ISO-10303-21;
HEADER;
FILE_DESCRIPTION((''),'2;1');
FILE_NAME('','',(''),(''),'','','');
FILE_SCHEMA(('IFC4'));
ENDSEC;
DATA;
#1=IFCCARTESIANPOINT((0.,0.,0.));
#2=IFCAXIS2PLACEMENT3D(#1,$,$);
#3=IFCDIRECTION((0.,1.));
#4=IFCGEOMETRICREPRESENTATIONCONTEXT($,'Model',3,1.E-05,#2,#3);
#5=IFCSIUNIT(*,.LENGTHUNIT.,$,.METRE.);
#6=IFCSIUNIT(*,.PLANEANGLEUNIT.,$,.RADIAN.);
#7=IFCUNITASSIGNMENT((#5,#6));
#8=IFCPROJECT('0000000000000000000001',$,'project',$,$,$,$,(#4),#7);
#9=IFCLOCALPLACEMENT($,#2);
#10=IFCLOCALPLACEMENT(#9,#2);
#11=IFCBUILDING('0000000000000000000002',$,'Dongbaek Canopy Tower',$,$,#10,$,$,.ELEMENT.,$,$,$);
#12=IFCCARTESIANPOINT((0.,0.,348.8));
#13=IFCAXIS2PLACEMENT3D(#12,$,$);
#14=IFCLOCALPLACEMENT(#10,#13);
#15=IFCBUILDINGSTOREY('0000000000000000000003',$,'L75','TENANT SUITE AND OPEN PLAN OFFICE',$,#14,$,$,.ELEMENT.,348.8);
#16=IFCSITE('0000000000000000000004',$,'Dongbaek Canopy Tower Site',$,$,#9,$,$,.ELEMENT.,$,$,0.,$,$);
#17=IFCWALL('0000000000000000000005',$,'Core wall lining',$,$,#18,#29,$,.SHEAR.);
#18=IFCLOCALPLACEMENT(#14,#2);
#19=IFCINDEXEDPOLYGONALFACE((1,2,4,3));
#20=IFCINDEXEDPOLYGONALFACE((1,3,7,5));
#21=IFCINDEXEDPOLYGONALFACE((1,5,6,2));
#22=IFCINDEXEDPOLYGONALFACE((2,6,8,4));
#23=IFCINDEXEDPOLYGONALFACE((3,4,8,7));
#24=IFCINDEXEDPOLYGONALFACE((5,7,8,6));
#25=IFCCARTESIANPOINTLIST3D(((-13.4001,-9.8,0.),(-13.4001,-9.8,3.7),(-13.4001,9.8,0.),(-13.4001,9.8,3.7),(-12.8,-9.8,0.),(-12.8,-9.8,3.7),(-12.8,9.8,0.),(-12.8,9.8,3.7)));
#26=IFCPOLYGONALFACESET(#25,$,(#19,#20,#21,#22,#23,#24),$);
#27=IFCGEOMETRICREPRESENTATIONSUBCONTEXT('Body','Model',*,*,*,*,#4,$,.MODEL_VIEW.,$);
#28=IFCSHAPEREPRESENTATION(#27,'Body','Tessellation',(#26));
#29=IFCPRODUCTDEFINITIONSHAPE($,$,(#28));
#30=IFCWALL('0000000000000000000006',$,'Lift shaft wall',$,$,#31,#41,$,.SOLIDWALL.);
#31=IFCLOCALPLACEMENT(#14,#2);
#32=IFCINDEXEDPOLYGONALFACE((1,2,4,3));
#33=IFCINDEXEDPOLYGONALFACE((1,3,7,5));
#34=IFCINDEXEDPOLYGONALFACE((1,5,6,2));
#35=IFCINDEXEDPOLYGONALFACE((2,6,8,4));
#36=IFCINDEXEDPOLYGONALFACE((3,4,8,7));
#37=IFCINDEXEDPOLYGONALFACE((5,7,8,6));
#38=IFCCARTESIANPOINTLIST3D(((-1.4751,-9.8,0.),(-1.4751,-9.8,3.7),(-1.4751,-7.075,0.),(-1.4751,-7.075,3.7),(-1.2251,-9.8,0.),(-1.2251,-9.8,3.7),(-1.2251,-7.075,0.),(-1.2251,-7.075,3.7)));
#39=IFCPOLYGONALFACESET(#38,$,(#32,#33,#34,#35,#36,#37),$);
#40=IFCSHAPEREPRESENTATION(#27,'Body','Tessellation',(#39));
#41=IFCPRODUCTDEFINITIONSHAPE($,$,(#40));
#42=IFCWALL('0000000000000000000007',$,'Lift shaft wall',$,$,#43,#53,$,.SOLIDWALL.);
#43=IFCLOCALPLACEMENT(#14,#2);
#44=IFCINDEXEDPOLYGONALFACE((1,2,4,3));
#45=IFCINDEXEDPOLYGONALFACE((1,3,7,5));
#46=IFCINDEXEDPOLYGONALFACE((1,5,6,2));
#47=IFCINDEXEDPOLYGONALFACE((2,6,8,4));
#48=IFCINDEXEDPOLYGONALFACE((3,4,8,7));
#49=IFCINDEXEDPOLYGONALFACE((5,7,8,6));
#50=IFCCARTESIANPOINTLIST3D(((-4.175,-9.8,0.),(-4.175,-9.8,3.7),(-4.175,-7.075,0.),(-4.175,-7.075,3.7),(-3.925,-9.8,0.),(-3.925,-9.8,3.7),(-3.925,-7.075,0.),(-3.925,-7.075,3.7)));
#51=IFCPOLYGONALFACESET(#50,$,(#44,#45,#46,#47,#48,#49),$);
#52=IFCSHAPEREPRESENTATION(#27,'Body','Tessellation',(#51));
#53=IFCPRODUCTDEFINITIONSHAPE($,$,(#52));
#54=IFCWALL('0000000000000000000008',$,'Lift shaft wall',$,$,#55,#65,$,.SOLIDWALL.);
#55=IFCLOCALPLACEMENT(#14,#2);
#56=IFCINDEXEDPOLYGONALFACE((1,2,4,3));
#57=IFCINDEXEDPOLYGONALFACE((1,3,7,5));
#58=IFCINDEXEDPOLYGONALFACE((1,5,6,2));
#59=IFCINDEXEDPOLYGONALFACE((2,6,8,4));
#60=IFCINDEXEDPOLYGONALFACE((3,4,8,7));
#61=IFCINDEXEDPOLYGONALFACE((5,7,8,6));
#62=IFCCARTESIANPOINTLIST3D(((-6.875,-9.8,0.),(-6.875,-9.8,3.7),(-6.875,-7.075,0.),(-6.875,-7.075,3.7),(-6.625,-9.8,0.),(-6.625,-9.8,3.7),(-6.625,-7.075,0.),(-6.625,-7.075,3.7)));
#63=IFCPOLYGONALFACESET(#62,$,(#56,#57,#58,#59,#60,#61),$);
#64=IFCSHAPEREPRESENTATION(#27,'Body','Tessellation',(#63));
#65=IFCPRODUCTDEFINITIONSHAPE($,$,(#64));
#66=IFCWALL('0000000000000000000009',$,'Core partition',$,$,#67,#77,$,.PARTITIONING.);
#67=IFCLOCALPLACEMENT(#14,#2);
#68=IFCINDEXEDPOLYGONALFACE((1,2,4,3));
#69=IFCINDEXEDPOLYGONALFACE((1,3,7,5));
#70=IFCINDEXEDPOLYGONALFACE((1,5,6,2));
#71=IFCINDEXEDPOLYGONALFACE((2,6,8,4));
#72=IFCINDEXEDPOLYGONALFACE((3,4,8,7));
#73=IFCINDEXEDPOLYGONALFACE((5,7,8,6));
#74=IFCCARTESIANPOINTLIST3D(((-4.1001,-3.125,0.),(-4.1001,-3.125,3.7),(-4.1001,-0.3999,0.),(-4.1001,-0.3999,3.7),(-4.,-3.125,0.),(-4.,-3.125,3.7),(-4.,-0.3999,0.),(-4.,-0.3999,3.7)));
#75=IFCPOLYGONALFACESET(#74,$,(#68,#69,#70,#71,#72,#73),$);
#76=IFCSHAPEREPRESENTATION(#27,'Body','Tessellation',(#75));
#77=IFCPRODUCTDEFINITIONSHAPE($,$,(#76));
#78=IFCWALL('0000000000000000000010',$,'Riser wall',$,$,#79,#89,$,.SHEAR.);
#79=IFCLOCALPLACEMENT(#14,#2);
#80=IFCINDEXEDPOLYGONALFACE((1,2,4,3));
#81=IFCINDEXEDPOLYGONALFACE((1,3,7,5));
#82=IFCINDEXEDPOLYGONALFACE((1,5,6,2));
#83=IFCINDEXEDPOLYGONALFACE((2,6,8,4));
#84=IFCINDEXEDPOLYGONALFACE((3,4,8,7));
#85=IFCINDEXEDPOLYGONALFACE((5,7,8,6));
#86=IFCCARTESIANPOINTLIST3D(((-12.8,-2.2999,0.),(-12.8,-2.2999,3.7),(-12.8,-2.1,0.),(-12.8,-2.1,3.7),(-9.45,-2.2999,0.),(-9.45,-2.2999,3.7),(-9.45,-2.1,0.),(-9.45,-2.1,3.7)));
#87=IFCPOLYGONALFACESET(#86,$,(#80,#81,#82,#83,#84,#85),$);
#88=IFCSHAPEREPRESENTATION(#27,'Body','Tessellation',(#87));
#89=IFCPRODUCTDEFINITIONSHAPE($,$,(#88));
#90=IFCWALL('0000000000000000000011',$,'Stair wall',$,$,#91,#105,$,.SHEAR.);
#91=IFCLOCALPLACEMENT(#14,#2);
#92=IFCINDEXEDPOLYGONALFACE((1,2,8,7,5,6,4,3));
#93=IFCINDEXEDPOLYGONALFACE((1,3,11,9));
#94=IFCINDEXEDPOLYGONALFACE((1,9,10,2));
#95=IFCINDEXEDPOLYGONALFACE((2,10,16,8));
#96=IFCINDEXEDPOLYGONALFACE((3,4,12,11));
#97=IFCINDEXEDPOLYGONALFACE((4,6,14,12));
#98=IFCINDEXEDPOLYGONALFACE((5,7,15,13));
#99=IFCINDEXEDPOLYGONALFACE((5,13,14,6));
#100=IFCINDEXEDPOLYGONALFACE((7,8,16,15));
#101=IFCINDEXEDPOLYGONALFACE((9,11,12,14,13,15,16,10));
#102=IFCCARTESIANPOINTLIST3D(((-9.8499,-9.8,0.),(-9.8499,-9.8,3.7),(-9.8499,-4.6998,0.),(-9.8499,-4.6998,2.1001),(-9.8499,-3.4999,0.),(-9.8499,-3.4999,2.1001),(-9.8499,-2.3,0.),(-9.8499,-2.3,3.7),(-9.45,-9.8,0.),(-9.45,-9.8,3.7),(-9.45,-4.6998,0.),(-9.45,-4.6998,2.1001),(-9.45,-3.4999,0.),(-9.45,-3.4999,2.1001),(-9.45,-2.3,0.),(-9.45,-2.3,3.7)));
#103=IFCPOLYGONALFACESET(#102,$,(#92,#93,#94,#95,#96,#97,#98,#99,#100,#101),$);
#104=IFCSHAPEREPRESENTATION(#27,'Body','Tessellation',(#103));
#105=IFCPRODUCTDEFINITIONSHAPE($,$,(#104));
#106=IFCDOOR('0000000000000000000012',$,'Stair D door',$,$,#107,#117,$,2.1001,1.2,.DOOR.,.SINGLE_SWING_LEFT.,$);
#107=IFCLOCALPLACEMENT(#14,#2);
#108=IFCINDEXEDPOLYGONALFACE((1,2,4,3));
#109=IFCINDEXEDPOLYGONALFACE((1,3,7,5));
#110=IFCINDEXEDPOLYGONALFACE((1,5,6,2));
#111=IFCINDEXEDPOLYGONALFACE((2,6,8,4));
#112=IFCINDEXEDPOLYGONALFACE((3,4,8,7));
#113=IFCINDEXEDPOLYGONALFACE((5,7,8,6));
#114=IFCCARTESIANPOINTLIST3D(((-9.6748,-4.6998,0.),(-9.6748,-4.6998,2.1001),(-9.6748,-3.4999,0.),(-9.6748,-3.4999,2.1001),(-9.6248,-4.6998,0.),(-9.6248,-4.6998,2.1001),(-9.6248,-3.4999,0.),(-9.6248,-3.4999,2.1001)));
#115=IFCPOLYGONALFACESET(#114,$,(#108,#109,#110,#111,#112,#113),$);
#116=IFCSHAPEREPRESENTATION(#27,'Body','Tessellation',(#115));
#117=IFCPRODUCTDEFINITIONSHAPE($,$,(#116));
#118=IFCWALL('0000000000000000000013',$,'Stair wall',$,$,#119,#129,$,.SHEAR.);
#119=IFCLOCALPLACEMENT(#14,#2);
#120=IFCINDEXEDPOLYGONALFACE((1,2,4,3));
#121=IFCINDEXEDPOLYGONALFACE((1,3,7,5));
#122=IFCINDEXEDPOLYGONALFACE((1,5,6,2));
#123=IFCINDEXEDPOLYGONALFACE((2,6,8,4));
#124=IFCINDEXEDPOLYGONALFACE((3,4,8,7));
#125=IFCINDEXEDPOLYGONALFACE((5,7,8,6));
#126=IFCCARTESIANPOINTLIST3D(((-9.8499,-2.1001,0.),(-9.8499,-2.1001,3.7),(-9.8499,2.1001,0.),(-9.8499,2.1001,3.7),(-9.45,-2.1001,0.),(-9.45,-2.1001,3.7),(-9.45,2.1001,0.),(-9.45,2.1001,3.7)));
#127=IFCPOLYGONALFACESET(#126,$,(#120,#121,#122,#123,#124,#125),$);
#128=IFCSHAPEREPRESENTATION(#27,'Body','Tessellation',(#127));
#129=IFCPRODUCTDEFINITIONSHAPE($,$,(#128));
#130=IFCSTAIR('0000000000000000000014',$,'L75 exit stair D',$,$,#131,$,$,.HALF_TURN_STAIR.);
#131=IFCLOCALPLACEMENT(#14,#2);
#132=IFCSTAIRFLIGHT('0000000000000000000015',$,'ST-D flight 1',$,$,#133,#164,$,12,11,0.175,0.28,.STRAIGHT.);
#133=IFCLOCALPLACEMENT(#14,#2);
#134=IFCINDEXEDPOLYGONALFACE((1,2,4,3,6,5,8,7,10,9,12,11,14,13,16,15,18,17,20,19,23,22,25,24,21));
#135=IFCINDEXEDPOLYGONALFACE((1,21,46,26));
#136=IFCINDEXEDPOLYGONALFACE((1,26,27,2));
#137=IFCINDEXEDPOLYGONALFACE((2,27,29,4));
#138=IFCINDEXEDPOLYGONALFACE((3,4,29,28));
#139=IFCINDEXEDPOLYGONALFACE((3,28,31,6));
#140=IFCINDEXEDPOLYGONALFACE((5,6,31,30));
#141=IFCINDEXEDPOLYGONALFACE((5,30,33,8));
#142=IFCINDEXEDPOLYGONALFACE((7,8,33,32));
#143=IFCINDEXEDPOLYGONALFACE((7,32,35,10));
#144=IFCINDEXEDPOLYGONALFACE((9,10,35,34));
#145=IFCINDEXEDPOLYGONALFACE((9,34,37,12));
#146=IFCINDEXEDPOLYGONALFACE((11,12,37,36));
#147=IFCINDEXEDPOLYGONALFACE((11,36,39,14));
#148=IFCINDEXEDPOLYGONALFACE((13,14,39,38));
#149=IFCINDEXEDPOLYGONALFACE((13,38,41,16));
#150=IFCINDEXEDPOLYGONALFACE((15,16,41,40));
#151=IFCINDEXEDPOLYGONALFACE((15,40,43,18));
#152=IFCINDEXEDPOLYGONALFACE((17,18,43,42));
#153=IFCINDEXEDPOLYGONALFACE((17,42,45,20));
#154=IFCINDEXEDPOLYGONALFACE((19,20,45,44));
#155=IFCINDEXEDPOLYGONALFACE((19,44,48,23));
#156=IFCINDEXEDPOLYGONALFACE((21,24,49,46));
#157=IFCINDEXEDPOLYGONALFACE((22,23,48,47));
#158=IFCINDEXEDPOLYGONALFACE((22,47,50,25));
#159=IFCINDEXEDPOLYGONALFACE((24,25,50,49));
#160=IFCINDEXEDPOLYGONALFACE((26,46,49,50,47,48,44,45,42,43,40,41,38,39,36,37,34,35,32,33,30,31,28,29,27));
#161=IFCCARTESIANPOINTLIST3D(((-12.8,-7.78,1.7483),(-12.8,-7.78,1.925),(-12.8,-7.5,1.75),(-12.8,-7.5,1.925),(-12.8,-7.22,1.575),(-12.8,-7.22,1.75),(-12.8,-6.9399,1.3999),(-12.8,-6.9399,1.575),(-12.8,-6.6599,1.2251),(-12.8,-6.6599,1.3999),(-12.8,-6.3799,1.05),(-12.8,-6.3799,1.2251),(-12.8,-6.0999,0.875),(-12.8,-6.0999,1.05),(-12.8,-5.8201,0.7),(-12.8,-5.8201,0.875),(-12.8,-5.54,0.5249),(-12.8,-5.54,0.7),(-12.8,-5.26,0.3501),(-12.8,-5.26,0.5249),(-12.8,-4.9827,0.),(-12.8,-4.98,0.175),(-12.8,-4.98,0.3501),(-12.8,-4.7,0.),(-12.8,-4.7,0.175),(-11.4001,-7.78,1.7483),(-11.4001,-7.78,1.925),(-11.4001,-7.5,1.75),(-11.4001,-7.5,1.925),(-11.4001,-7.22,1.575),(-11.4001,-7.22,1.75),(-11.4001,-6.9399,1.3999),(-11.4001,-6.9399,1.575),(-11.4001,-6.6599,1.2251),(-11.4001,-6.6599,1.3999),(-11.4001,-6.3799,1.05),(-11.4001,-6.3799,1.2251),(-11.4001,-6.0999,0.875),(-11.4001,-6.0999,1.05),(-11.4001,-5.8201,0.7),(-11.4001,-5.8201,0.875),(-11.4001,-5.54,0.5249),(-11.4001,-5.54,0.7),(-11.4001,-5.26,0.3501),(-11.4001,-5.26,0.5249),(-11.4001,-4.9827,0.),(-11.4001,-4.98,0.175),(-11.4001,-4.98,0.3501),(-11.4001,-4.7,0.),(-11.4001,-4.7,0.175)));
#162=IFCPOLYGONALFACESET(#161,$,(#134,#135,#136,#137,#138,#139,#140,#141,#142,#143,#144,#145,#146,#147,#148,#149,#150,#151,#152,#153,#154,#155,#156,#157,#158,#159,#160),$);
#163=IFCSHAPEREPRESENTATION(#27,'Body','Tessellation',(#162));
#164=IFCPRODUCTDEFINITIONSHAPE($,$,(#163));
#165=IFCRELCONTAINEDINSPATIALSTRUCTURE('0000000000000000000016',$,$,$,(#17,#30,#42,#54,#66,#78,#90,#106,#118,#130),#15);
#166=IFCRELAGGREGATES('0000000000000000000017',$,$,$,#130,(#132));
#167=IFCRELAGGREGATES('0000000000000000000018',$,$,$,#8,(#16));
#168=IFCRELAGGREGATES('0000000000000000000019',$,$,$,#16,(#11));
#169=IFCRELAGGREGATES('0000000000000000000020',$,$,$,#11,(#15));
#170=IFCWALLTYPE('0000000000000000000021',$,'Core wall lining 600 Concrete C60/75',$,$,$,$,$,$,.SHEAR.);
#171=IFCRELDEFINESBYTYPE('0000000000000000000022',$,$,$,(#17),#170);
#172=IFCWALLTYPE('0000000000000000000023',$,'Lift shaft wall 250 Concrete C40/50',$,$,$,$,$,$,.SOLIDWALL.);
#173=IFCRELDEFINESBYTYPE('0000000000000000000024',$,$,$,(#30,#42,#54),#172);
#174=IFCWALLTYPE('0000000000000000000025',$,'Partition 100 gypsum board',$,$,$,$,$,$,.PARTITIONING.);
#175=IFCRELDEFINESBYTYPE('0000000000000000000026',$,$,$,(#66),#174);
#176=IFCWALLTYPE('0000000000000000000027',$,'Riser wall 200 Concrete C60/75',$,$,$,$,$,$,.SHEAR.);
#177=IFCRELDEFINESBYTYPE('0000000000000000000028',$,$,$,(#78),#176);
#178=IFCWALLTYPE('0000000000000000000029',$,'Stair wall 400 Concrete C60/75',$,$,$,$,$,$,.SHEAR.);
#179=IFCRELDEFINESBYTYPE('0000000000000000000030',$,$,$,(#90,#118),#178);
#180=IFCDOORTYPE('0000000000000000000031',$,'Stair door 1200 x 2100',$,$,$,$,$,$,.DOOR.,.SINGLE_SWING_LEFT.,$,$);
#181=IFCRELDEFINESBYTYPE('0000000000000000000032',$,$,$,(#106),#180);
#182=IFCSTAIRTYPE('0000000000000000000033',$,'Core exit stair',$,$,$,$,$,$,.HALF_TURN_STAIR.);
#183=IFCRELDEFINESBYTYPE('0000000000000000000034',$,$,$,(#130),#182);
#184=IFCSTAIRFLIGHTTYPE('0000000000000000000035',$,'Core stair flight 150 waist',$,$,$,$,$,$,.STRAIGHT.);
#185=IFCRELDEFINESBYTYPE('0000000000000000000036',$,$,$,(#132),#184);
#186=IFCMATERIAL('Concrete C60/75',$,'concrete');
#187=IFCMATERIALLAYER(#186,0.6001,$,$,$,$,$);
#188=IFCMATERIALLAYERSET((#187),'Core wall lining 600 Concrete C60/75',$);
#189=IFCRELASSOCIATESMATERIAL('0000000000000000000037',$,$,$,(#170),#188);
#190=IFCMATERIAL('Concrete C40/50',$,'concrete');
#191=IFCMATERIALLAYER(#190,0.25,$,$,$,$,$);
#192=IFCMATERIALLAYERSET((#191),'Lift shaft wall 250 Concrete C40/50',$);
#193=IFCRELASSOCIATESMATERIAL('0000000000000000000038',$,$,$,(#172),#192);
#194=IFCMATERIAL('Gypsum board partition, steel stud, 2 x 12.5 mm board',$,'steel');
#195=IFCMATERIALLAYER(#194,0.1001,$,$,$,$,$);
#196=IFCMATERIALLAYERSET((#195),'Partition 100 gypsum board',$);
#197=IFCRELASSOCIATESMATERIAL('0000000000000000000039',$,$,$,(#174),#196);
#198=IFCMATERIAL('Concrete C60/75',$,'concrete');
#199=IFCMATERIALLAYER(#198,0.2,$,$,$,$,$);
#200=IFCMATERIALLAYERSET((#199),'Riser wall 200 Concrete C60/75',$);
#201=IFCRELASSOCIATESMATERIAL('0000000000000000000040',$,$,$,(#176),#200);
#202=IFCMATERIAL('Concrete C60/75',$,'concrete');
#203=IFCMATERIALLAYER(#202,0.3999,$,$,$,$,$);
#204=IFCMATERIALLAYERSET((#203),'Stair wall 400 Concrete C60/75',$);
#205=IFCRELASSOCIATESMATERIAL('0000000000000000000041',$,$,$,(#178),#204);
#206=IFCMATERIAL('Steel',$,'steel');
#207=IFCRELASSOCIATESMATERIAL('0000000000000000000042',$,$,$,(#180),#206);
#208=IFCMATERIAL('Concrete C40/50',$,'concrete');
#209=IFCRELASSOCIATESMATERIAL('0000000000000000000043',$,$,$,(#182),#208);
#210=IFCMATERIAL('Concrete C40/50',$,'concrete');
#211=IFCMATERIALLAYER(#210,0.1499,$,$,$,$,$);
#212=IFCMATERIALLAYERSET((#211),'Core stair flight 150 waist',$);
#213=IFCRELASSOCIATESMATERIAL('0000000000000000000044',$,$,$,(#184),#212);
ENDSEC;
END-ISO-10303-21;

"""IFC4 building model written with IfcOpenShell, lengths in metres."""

from ifc_helpers import new_model, si_unit, direction, frame, frame_2d, origin, place, context, subcontext, project, spatial, polyline, rectangle, outline, extrude, material, layer, layer_set, type_object, element, fill, aggregate, save


model = new_model("IFC4")

# Units and contexts
model_context = context("Model", 3, precision=1e-05, world=origin(), true_north=direction((0.0, 1.0)))
body_context = subcontext(model_context, "Body", "Model", "MODEL_VIEW")
ifc_project = project(units=[si_unit("LENGTHUNIT", "METRE"), si_unit("PLANEANGLEUNIT", "RADIAN")], contexts=[model_context])

# Site, building, storey
site_placement = place(None, origin())
site = spatial("IfcSite", under=ifc_project, at=site_placement, Name="Dongbaek Canopy Tower Site", CompositionType="ELEMENT", RefElevation=0.0)
building_placement = place(site_placement, origin())
building = spatial("IfcBuilding", under=site, at=building_placement, Name="Dongbaek Canopy Tower", CompositionType="ELEMENT")
storey_placement = place(building_placement, frame((0.0, 0.0, 348.8)))
storey = spatial("IfcBuildingStorey", under=building, at=storey_placement, Name="L75", Description="TENANT SUITE AND OPEN PLAN OFFICE", CompositionType="ELEMENT", Elevation=348.8)

# Walls
ifc_material_1 = material(Name="Concrete C60/75", Category="concrete")
ifc_layer_1 = layer(ifc_material_1, 0.6001)
ifc_layer_set_1 = layer_set([ifc_layer_1], Name="Core wall lining 600 Concrete C60/75")
wall_type_1 = type_object("IfcWallType", Name="Core wall lining 600 Concrete C60/75", PredefinedType="SHEAR", material=ifc_layer_set_1)
wall_1_placement = place(storey_placement, frame((-13.1001, -9.8, 0.0), z_axis=(0.0, 0.0, 1.0), x_axis=(0.0, 1.0, 0.0)))
element("IfcWall", 1, at=wall_1_placement, inside=storey, type_object=wall_type_1, Name="Core wall lining", PredefinedType="SHEAR", context=body_context, shape_type="SweptSolid", body=[
    extrude(rectangle(XDim=19.6001, YDim=0.6001, at=frame_2d((9.8, 0.0))), origin(), (0.0, 0.0, 1.0), 3.7),
])
ifc_material_2 = material(Name="Concrete C40/50", Category="concrete")
ifc_layer_2 = layer(ifc_material_2, 0.25)
ifc_layer_set_2 = layer_set([ifc_layer_2], Name="Lift shaft wall 250 Concrete C40/50")
wall_type_2 = type_object("IfcWallType", Name="Lift shaft wall 250 Concrete C40/50", PredefinedType="SOLIDWALL", material=ifc_layer_set_2)
for number, where, z_axis, x_axis, name in (
    (2, (-1.3501, -9.8, 0.0), (0.0, 0.0, 1.0), (0.0, 1.0, 0.0), "Lift shaft wall"),
    (3, (-4.05, -9.8, 0.0), (0.0, 0.0, 1.0), (0.0, 1.0, 0.0), "Lift shaft wall"),
    (4, (-6.75, -9.8, 0.0), (0.0, 0.0, 1.0), (0.0, 1.0, 0.0), "Lift shaft wall"),
):
    element("IfcWall", number, at=place(storey_placement, frame(where, z_axis=z_axis, x_axis=x_axis)), inside=storey, type_object=wall_type_2, Name=name, PredefinedType="SOLIDWALL", context=body_context, shape_type="SweptSolid", body=[
        extrude(rectangle(XDim=2.7251, YDim=0.25, at=frame_2d((1.3625, 0.0))), origin(), (0.0, 0.0, 1.0), 3.7),
    ])
ifc_material_3 = material(Name="Gypsum board partition, steel stud, 2 x 12.5 mm board", Category="steel")
ifc_layer_3 = layer(ifc_material_3, 0.1001)
ifc_layer_set_3 = layer_set([ifc_layer_3], Name="Partition 100 gypsum board")
wall_type_3 = type_object("IfcWallType", Name="Partition 100 gypsum board", PredefinedType="PARTITIONING", material=ifc_layer_set_3)
wall_2_placement = place(storey_placement, frame((-4.05, -3.125, 0.0), z_axis=(0.0, 0.0, 1.0), x_axis=(0.0, 1.0, 0.0)))
element("IfcWall", 5, at=wall_2_placement, inside=storey, type_object=wall_type_3, Name="Core partition", PredefinedType="PARTITIONING", context=body_context, shape_type="SweptSolid", body=[
    extrude(rectangle(XDim=2.7251, YDim=0.1001, at=frame_2d((1.3625, 0.0))), origin(), (0.0, 0.0, 1.0), 3.7),
])
ifc_material_4 = material(Name="Concrete C60/75", Category="concrete")
ifc_layer_4 = layer(ifc_material_4, 0.2)
ifc_layer_set_4 = layer_set([ifc_layer_4], Name="Riser wall 200 Concrete C60/75")
wall_type_4 = type_object("IfcWallType", Name="Riser wall 200 Concrete C60/75", PredefinedType="SHEAR", material=ifc_layer_set_4)
wall_3_placement = place(storey_placement, frame((-9.45, -2.2, 0.0), z_axis=(0.0, 0.0, 1.0), x_axis=(-1.0, 0.0, 0.0)))
element("IfcWall", 6, at=wall_3_placement, inside=storey, type_object=wall_type_4, Name="Riser wall", PredefinedType="SHEAR", context=body_context, shape_type="SweptSolid", body=[
    extrude(rectangle(XDim=3.3501, YDim=0.2, at=frame_2d((1.675, 0.0))), origin(), (0.0, 0.0, 1.0), 3.7),
])

# Wall, opening, door
ifc_material_5 = material(Name="Concrete C60/75", Category="concrete")
ifc_layer_5 = layer(ifc_material_5, 0.3999)
ifc_layer_set_5 = layer_set([ifc_layer_5], Name="Stair wall 400 Concrete C60/75")
wall_type_5 = type_object("IfcWallType", Name="Stair wall 400 Concrete C60/75", PredefinedType="SHEAR", material=ifc_layer_set_5)
wall_4_placement = place(storey_placement, frame((-9.6499, -9.8, 0.0), z_axis=(0.0, 0.0, 1.0), x_axis=(0.0, 1.0, 0.0)))
wall_4 = element("IfcWall", 7, at=wall_4_placement, inside=storey, type_object=wall_type_5, Name="Stair wall", PredefinedType="SHEAR", context=body_context, shape_type="SweptSolid", body=[
    extrude(rectangle(XDim=7.5, YDim=0.3999, at=frame_2d((3.75, 0.0))), origin(), (0.0, 0.0, 1.0), 3.7),
])
opening_1_placement = place(wall_4_placement, frame((5.1001, 0.0, 0.0)))
opening_1 = element("IfcOpeningElement", 8, at=opening_1_placement, cuts=wall_4, PredefinedType="OPENING", context=body_context, shape_type="SweptSolid", body=[
    extrude(rectangle(XDim=1.2, YDim=2.1001, at=frame_2d((0.6001, 1.05))), frame((0.0, 0.21, 0.0), z_axis=(0.0, -1.0, 0.0), x_axis=(1.0, 0.0, 0.0)), (0.0, 0.0, 1.0), 0.4199),
])
ifc_material_6 = material(Name="Steel", Category="steel")
door_type_1 = type_object("IfcDoorType", Name="Stair door 1200 x 2100", OperationType="SINGLE_SWING_LEFT", PredefinedType="DOOR", material=ifc_material_6)
door_1_placement = place(opening_1_placement, origin())
door_1 = element("IfcDoor", 9, at=door_1_placement, inside=storey, type_object=door_type_1, Name="Stair D door", OperationType="SINGLE_SWING_LEFT", OverallHeight=2.1001, OverallWidth=1.2, PredefinedType="DOOR", context=body_context, shape_type="SweptSolid", body=[
    extrude(rectangle(XDim=1.2, YDim=2.1001, at=frame_2d((0.6001, 1.05))), frame((0.0, 0.0249, 0.0), z_axis=(0.0, -1.0, 0.0), x_axis=(1.0, 0.0, 0.0)), (0.0, 0.0, 1.0), 0.05),
])
fill(opening_1, door_1)

# Wall
wall_5_placement = place(storey_placement, frame((-9.6499, -2.1001, 0.0), z_axis=(0.0, 0.0, 1.0), x_axis=(0.0, 1.0, 0.0)))
element("IfcWall", 10, at=wall_5_placement, inside=storey, type_object=wall_type_5, Name="Stair wall", PredefinedType="SHEAR", context=body_context, shape_type="SweptSolid", body=[
    extrude(rectangle(XDim=4.2002, YDim=0.3999, at=frame_2d((2.1001, 0.0))), origin(), (0.0, 0.0, 1.0), 3.7),
])

# Stair, stair flight
ifc_material_7 = material(Name="Concrete C40/50", Category="concrete")
stair_type = type_object("IfcStairType", Name="Core exit stair", PredefinedType="HALF_TURN_STAIR", material=ifc_material_7)
stair_placement = place(storey_placement, origin())
stair = element("IfcStair", 11, at=stair_placement, inside=storey, type_object=stair_type, Name="L75 exit stair D", PredefinedType="HALF_TURN_STAIR")
ifc_material_8 = material(Name="Concrete C40/50", Category="concrete")
ifc_layer_6 = layer(ifc_material_8, 0.1499)
ifc_layer_set_6 = layer_set([ifc_layer_6], Name="Core stair flight 150 waist")
stair_flight_type = type_object("IfcStairFlightType", Name="Core stair flight 150 waist", PredefinedType="STRAIGHT", material=ifc_layer_set_6)
stair_flight_1_placement = place(storey_placement, frame((-12.1001, -4.7, 0.0), z_axis=(0.0, 0.0, 1.0), x_axis=(0.0, -1.0, 0.0)))
stair_flight_1 = element("IfcStairFlight", 12, at=stair_flight_1_placement, type_object=stair_flight_type, Name="ST-D flight 1", NumberOfRisers=12, NumberOfTreads=11, PredefinedType="STRAIGHT", RiserHeight=0.175, TreadLength=0.28, context=body_context, shape_type="SweptSolid", body=[
    extrude(outline(polyline([(0.0, 0.0), (0.0, 0.175), (0.28, 0.175), (0.28, 0.3501), (0.5601, 0.3501), (0.5601, 0.5249), (0.8401, 0.5249), (0.8401, 0.7), (1.1201, 0.7), (1.1201, 0.875), (1.3999, 0.875), (1.3999, 1.05), (1.6799, 1.05), (1.6799, 1.2251), (1.96, 1.2251), (1.96, 1.3999), (2.24, 1.3999), (2.24, 1.575), (2.52, 1.575), (2.52, 1.75), (2.8, 1.75), (2.8, 1.925), (3.0801, 1.925), (3.0801, 2.1001), (3.0801, 1.7483), (0.2827, 0.0), (0.0, 0.0)])), frame((0.0, 0.7, 0.0), z_axis=(0.0, -1.0, 0.0), x_axis=(1.0, 0.0, 0.0)), (0.0, 0.0, 1.0), 1.3999),
])
aggregate(stair, [stair_flight_1])

save(model, "model.ifc")
